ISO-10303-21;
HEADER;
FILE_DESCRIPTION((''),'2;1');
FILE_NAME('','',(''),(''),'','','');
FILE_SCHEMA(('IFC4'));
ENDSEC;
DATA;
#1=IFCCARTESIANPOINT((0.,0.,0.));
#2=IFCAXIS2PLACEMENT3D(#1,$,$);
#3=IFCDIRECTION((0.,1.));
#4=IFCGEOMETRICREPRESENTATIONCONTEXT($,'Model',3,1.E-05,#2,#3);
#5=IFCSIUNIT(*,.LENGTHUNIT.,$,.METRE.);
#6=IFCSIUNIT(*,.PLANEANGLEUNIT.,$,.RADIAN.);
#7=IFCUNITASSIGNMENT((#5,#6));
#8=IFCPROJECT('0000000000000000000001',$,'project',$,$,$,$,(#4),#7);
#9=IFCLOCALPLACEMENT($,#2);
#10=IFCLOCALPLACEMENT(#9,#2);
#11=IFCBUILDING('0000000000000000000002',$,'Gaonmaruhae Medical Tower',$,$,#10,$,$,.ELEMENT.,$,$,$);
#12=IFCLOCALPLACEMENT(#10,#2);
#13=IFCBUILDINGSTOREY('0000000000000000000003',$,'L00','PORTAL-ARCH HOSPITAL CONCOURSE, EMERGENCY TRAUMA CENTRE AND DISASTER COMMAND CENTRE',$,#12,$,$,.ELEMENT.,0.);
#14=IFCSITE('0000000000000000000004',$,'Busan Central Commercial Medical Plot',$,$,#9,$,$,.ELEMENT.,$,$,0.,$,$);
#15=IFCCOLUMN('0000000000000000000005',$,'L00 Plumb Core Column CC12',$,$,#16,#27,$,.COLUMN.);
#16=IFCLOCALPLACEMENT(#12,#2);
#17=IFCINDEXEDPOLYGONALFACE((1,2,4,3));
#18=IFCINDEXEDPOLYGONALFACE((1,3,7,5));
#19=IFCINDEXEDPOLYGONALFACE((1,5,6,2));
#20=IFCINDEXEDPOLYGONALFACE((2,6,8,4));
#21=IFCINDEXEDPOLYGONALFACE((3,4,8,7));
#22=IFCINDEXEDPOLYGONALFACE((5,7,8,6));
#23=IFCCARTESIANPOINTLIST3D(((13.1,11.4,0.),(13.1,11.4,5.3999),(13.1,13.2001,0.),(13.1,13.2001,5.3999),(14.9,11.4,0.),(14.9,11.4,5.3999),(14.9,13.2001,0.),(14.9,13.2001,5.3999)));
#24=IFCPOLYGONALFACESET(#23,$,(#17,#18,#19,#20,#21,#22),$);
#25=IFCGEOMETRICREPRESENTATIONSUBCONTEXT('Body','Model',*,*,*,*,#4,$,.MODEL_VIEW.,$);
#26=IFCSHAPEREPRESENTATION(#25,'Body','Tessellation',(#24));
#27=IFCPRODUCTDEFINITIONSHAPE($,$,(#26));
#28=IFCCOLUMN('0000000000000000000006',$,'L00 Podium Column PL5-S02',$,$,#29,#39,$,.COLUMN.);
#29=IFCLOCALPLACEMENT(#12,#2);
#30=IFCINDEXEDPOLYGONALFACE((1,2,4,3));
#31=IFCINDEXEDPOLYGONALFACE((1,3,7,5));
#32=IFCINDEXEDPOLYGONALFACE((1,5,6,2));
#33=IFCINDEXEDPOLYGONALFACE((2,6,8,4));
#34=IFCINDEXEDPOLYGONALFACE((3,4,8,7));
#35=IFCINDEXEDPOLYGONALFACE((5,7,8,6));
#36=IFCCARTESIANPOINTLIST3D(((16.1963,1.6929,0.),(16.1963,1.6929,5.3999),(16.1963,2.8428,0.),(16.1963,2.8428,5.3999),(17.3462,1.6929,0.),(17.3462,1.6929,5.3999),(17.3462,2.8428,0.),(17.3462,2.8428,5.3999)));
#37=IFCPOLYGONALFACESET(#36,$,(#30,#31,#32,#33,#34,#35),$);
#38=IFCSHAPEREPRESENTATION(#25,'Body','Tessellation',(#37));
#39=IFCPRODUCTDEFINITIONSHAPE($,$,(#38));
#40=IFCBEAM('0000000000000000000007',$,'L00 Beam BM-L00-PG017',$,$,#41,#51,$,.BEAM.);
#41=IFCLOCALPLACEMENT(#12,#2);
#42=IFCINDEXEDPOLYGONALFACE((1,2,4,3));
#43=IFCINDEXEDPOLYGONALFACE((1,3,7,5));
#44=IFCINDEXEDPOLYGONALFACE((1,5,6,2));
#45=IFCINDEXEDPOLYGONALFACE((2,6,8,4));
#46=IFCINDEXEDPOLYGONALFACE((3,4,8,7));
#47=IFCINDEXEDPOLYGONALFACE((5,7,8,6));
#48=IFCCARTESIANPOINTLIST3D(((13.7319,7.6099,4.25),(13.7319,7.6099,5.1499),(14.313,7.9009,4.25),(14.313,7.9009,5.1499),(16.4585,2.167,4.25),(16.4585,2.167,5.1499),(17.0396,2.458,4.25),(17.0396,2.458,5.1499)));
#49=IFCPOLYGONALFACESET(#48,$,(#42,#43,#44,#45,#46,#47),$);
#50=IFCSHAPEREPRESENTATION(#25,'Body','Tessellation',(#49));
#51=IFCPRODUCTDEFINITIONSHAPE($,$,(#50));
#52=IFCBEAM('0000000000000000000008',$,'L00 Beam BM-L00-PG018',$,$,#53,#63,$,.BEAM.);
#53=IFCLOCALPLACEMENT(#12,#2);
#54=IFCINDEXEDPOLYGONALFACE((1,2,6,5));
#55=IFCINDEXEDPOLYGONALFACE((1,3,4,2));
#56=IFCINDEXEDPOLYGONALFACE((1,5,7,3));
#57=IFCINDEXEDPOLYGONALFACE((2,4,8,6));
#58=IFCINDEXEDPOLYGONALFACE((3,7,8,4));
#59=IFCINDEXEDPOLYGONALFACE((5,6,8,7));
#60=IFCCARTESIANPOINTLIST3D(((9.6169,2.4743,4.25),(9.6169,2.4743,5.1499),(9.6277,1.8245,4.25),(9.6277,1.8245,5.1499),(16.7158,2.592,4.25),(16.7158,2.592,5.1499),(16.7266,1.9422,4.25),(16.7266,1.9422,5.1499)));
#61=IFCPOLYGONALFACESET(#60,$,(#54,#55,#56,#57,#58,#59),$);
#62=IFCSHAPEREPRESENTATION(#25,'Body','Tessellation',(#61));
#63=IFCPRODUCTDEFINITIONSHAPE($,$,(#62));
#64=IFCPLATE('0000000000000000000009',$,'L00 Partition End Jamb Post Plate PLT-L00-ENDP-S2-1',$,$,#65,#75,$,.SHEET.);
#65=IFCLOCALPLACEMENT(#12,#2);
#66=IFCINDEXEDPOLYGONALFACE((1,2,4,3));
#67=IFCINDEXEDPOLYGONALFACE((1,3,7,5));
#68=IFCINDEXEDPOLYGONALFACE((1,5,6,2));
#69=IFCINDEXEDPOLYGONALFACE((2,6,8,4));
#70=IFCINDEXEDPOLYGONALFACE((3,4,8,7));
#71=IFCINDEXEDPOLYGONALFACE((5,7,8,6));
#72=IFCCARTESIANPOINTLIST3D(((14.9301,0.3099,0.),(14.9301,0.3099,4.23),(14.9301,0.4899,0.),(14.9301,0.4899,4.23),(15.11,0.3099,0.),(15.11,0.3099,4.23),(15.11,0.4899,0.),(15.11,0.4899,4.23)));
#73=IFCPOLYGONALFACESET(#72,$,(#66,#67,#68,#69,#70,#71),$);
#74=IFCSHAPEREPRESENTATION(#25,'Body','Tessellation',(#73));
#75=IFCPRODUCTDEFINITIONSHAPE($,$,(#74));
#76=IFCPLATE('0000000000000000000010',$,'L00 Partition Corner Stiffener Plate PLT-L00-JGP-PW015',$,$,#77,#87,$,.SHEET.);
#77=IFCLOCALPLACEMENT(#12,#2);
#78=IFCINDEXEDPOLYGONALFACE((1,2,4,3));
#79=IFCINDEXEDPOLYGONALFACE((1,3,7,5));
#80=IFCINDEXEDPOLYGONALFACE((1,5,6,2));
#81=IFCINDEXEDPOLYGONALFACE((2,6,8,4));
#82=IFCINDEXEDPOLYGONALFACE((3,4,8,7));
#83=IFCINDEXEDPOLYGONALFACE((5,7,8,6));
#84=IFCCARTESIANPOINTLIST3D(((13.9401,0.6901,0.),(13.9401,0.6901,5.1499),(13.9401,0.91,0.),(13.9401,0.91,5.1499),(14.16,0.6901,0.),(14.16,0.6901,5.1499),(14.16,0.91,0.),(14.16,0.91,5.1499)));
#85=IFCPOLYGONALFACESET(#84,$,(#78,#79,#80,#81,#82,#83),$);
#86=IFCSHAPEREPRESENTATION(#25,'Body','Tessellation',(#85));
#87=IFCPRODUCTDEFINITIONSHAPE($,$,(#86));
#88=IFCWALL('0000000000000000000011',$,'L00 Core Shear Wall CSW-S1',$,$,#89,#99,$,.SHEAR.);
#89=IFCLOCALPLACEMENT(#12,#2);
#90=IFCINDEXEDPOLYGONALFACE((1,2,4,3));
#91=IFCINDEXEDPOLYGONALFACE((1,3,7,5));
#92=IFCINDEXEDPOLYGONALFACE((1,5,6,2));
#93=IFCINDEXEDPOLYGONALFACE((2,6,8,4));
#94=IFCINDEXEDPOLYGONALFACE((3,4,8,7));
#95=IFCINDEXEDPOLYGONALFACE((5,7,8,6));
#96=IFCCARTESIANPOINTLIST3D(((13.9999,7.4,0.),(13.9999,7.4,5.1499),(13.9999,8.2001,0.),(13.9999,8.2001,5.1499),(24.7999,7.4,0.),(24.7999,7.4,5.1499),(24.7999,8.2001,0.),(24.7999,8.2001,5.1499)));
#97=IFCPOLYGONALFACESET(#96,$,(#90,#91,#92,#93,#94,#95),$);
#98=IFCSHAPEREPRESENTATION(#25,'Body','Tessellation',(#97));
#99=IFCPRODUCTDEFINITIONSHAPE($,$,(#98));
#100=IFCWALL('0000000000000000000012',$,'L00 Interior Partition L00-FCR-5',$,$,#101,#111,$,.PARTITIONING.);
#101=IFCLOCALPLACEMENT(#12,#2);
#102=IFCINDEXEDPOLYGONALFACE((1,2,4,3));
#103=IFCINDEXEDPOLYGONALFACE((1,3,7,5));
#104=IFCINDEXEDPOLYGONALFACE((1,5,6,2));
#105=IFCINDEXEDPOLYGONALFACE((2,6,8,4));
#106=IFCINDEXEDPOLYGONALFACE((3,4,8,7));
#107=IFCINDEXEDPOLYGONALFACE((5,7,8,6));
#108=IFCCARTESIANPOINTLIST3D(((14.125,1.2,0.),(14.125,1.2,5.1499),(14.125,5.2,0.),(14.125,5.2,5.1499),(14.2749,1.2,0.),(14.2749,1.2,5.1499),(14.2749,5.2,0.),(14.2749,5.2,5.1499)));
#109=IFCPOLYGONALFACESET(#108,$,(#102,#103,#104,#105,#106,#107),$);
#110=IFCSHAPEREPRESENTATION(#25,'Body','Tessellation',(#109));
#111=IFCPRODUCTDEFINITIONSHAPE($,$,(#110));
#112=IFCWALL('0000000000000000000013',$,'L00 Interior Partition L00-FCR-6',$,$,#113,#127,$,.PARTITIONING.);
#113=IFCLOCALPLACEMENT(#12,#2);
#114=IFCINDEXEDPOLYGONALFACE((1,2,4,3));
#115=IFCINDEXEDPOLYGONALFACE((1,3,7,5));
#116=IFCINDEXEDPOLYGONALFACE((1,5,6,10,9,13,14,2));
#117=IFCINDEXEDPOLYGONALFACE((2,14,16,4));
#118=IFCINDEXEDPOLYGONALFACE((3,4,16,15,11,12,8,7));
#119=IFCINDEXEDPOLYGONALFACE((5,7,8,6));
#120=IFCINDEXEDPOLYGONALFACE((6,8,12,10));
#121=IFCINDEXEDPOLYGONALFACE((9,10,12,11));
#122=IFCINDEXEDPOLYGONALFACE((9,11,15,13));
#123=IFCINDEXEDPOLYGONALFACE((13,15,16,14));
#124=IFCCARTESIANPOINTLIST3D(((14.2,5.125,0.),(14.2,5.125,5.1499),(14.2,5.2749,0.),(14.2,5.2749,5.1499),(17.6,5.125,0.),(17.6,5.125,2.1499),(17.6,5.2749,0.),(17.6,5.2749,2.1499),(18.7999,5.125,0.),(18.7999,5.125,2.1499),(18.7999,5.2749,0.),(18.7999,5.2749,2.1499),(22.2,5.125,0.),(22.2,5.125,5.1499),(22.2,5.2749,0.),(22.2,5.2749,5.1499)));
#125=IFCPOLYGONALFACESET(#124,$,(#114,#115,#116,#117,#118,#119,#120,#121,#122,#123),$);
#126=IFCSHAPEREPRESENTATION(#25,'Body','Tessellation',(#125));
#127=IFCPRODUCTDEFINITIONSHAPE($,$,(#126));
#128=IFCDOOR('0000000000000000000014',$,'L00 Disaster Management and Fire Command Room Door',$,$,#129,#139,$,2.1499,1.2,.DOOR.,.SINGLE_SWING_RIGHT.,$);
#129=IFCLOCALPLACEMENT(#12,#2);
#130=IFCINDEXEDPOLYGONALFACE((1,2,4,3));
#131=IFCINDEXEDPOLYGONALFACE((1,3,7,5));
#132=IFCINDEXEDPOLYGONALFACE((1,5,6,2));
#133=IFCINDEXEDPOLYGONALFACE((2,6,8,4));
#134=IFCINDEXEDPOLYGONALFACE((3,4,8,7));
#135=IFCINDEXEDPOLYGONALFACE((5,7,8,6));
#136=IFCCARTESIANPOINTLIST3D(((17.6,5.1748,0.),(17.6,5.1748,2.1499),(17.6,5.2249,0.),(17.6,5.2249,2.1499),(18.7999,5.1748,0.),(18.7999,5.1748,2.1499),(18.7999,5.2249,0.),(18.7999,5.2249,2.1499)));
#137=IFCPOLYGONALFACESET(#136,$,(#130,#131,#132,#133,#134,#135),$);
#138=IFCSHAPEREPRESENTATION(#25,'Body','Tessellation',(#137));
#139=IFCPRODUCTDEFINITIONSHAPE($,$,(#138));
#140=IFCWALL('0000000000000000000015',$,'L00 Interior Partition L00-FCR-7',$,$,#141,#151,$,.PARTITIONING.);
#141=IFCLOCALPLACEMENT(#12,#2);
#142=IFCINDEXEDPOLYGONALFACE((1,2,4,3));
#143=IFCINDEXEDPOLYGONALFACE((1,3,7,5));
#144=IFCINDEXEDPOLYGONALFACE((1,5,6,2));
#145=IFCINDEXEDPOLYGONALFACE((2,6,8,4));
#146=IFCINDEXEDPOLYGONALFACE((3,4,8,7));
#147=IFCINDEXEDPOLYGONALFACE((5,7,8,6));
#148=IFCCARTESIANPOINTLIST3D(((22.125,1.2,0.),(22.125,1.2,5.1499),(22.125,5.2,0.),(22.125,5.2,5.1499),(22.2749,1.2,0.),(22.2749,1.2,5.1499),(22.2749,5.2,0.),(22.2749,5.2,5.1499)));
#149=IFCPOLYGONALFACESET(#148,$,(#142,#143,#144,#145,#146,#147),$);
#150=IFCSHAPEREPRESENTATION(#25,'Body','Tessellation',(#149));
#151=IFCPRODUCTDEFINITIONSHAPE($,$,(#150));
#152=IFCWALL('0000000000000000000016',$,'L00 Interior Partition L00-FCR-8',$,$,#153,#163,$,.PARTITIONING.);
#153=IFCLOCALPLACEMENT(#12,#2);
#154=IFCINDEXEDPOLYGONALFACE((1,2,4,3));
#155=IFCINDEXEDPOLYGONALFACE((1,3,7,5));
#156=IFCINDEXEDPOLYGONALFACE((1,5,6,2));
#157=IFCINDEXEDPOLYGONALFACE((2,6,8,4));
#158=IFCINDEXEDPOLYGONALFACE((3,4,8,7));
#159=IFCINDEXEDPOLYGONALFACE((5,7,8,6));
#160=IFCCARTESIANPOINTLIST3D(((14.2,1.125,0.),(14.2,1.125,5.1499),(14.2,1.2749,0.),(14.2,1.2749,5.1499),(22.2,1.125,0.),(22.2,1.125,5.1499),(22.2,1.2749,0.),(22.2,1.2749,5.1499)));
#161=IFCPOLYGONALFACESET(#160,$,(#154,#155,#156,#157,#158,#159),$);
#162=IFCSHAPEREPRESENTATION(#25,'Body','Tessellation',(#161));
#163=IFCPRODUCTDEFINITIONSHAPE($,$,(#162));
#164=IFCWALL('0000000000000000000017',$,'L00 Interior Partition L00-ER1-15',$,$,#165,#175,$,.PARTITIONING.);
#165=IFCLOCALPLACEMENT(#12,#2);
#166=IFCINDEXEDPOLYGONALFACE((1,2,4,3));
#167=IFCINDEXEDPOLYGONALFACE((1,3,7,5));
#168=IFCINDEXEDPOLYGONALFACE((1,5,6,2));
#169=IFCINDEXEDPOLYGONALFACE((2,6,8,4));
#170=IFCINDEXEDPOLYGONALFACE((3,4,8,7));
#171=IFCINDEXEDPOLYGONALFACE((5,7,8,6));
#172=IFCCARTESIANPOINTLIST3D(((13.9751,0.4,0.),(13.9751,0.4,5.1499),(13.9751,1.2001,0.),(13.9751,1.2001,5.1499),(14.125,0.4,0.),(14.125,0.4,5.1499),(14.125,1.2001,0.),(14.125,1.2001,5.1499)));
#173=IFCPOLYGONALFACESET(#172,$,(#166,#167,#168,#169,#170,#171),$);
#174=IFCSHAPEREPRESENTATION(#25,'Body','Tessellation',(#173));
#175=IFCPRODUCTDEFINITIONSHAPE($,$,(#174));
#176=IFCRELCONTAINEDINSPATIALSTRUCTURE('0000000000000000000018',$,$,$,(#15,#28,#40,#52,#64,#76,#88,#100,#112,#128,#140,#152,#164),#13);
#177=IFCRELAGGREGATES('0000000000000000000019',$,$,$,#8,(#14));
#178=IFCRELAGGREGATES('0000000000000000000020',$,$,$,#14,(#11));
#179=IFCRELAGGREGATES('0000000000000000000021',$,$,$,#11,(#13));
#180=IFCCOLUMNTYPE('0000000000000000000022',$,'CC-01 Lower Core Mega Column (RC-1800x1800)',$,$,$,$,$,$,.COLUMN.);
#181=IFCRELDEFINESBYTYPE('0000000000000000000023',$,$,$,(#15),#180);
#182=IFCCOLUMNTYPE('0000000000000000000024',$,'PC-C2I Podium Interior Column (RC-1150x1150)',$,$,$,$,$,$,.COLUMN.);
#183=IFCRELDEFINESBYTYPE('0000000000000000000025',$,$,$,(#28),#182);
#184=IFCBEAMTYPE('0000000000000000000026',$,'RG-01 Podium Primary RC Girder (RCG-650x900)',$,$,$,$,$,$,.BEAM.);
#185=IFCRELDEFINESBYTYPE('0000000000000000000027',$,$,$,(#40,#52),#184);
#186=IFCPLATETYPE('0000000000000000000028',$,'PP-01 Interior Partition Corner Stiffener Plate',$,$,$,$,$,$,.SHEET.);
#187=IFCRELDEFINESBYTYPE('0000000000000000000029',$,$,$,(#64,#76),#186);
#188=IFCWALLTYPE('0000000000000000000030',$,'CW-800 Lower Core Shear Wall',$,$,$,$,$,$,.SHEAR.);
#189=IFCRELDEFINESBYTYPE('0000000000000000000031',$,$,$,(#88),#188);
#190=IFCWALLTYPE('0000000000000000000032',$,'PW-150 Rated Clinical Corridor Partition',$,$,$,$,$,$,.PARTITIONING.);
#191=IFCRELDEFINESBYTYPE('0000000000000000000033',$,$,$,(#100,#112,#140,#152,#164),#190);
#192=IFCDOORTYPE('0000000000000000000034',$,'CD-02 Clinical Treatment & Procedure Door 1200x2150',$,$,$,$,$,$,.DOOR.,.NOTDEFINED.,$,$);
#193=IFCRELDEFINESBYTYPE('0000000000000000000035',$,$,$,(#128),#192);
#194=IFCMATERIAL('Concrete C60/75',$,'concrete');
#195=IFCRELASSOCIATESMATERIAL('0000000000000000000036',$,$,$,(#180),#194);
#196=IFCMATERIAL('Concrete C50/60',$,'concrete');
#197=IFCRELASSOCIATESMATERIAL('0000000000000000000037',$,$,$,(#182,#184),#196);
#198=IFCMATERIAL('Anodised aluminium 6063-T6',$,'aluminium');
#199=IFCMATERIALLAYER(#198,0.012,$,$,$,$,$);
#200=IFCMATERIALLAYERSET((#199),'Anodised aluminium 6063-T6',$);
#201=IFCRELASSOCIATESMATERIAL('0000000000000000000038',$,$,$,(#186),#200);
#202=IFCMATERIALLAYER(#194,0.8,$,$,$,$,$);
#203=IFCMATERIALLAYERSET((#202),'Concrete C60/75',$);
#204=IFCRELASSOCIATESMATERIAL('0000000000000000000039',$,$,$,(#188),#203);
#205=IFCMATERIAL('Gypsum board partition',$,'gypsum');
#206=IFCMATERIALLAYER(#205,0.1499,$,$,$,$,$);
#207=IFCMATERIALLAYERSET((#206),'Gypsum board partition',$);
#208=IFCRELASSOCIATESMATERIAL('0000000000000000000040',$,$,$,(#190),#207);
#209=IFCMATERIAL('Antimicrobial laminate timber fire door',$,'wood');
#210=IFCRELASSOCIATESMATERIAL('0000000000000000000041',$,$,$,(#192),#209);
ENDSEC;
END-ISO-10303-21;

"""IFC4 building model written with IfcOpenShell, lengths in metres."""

from ifc_helpers import new_model, si_unit, direction, frame, frame_2d, origin, origin_2d, place, context, subcontext, project, spatial, rectangle, extrude, material, layer, layer_set, material_profile, profile_set, type_object, element, fill, save


model = new_model("IFC4")

# Units and contexts
model_context = context("Model", 3, precision=1e-05, world=origin(), true_north=direction((0.0, 1.0)))
body_context = subcontext(model_context, "Body", "Model", "MODEL_VIEW")
ifc_project = project(units=[si_unit("LENGTHUNIT", "METRE"), si_unit("PLANEANGLEUNIT", "RADIAN")], contexts=[model_context])

# Site, building, storey
site_placement = place(None, origin())
site = spatial("IfcSite", under=ifc_project, at=site_placement, Name="Busan Central Commercial Medical Plot", CompositionType="ELEMENT", RefElevation=0.0)
building_placement = place(site_placement, origin())
building = spatial("IfcBuilding", under=site, at=building_placement, Name="Gaonmaruhae Medical Tower", CompositionType="ELEMENT")
storey_placement = place(building_placement, origin())
storey = spatial("IfcBuildingStorey", under=building, at=storey_placement, Name="L00", Description="PORTAL-ARCH HOSPITAL CONCOURSE, EMERGENCY TRAUMA CENTRE AND DISASTER COMMAND CENTRE", CompositionType="ELEMENT", Elevation=0.0)

# Columns
ifc_material_1 = material(Name="Concrete C60/75", Category="concrete")
ifc_material_profile_1 = material_profile(ifc_material_1, rectangle(XDim=1.8, YDim=1.8, at=origin_2d()), Name="RC-1800x1800")
ifc_profile_set_1 = profile_set([ifc_material_profile_1], Name="Concrete C60/75")
column_type_1 = type_object("IfcColumnType", Name="CC-01 Lower Core Mega Column (RC-1800x1800)", PredefinedType="COLUMN", material=ifc_profile_set_1)
column_1_placement = place(storey_placement, frame((14.0, 12.3, 0.0), z_axis=(0.0, 0.0, 1.0), x_axis=(1.0, 0.0, 0.0)))
element("IfcColumn", 1, at=column_1_placement, inside=storey, type_object=column_type_1, Name="L00 Plumb Core Column CC12", PredefinedType="COLUMN", context=body_context, shape_type="SweptSolid", body=[
    extrude(rectangle(XDim=1.8, YDim=1.8, at=origin_2d()), origin(), (0.0, 0.0, 1.0), 5.3999),
])
ifc_material_2 = material(Name="Concrete C50/60", Category="concrete")
ifc_material_profile_2 = material_profile(ifc_material_2, rectangle(XDim=1.1499, YDim=1.1499, at=origin_2d()), Name="RC-1150x1150")
ifc_profile_set_2 = profile_set([ifc_material_profile_2], Name="Concrete C50/60")
column_type_2 = type_object("IfcColumnType", Name="PC-C2I Podium Interior Column (RC-1150x1150)", PredefinedType="COLUMN", material=ifc_profile_set_2)
column_2_placement = place(storey_placement, frame((16.7712, 2.2678, 0.0), z_axis=(0.0, 0.0, 1.0), x_axis=(1.0, 0.0, 0.0)))
element("IfcColumn", 2, at=column_2_placement, inside=storey, type_object=column_type_2, Name="L00 Podium Column PL5-S02", PredefinedType="COLUMN", context=body_context, shape_type="SweptSolid", body=[
    extrude(rectangle(XDim=1.1499, YDim=1.1499, at=origin_2d()), origin(), (0.0, 0.0, 1.0), 5.3999),
])

# Beams
ifc_material_profile_3 = material_profile(ifc_material_2, rectangle(XDim=0.6499, YDim=0.8999, at=origin_2d()), Name="RCG-650x900")
ifc_profile_set_3 = profile_set([ifc_material_profile_3], Name="Concrete C50/60")
beam_type = type_object("IfcBeamType", Name="RG-01 Podium Primary RC Girder (RCG-650x900)", PredefinedType="BEAM", material=ifc_profile_set_3)
beam_1_placement = place(storey_placement, frame((16.749, 2.3125, 4.7), z_axis=(-0.447887, 0.89409, 0.0), x_axis=(-0.89409, -0.447887, 0.0)))
element("IfcBeam", 3, at=beam_1_placement, inside=storey, type_object=beam_type, Name="L00 Beam BM-L00-PG017", PredefinedType="BEAM", context=body_context, shape_type="SweptSolid", body=[
    extrude(rectangle(XDim=0.6499, YDim=0.8999, at=origin_2d()), origin(), (0.0, 0.0, 1.0), 6.0876),
])
beam_2_placement = place(storey_placement, frame((16.7212, 2.2671, 4.7), z_axis=(-0.999863, -0.016574, 0.0), x_axis=(0.016574, -0.999863, 0.0)))
element("IfcBeam", 4, at=beam_2_placement, inside=storey, type_object=beam_type, Name="L00 Beam BM-L00-PG018", PredefinedType="BEAM", context=body_context, shape_type="SweptSolid", body=[
    extrude(rectangle(XDim=0.6499, YDim=0.8999, at=origin_2d()), origin(), (0.0, 0.0, 1.0), 7.0999),
])

# Plates
ifc_material_3 = material(Name="Anodised aluminium 6063-T6", Category="aluminium")
ifc_layer_1 = layer(ifc_material_3, 0.012)
ifc_layer_set_1 = layer_set([ifc_layer_1], Name="Anodised aluminium 6063-T6")
plate_type = type_object("IfcPlateType", Name="PP-01 Interior Partition Corner Stiffener Plate", PredefinedType="SHEET", material=ifc_layer_set_1)
plate_1_placement = place(storey_placement, frame((15.02, 0.3999, 0.0), z_axis=(0.0, 0.0, 1.0), x_axis=(-1.0, 0.0, 0.0)))
element("IfcPlate", 5, at=plate_1_placement, inside=storey, type_object=plate_type, Name="L00 Partition End Jamb Post Plate PLT-L00-ENDP-S2-1", PredefinedType="SHEET", context=body_context, shape_type="SweptSolid", body=[
    extrude(rectangle(XDim=0.1799, YDim=0.1799, at=origin_2d()), origin(), (0.0, 0.0, 1.0), 4.23),
])
plate_2_placement = place(storey_placement, frame((14.05, 0.8, 0.0), z_axis=(0.0, 0.0, 1.0), x_axis=(0.0, -1.0, 0.0)))
element("IfcPlate", 6, at=plate_2_placement, inside=storey, type_object=plate_type, Name="L00 Partition Corner Stiffener Plate PLT-L00-JGP-PW015", PredefinedType="SHEET", context=body_context, shape_type="SweptSolid", body=[
    extrude(rectangle(XDim=0.22, YDim=0.22, at=origin_2d()), origin(), (0.0, 0.0, 1.0), 5.1499),
])

# Walls
ifc_layer_2 = layer(ifc_material_1, 0.8)
ifc_layer_set_2 = layer_set([ifc_layer_2], Name="Concrete C60/75")
wall_type_1 = type_object("IfcWallType", Name="CW-800 Lower Core Shear Wall", PredefinedType="SHEAR", material=ifc_layer_set_2)
wall_1_placement = place(storey_placement, frame((14.0, 7.8, 0.0), z_axis=(0.0, 0.0, 1.0), x_axis=(1.0, 0.0, 0.0)))
element("IfcWall", 7, at=wall_1_placement, inside=storey, type_object=wall_type_1, Name="L00 Core Shear Wall CSW-S1", PredefinedType="SHEAR", context=body_context, shape_type="SweptSolid", body=[
    extrude(rectangle(XDim=10.8, YDim=0.8, at=frame_2d((5.3999, 0.0))), origin(), (0.0, 0.0, 1.0), 5.1499),
])
ifc_material_4 = material(Name="Gypsum board partition", Category="gypsum")
ifc_layer_3 = layer(ifc_material_4, 0.1499)
ifc_layer_set_3 = layer_set([ifc_layer_3], Name="Gypsum board partition")
wall_type_2 = type_object("IfcWallType", Name="PW-150 Rated Clinical Corridor Partition", PredefinedType="PARTITIONING", material=ifc_layer_set_3)
wall_2_placement = place(storey_placement, frame((14.2, 1.2, 0.0), z_axis=(0.0, 0.0, 1.0), x_axis=(0.0, 1.0, 0.0)))
element("IfcWall", 8, at=wall_2_placement, inside=storey, type_object=wall_type_2, Name="L00 Interior Partition L00-FCR-5", PredefinedType="PARTITIONING", context=body_context, shape_type="SweptSolid", body=[
    extrude(rectangle(XDim=4.0, YDim=0.1499, at=frame_2d((2.0, 0.0))), origin(), (0.0, 0.0, 1.0), 5.1499),
])

# Wall, opening, door
wall_3_placement = place(storey_placement, frame((14.2, 5.2, 0.0), z_axis=(0.0, 0.0, 1.0), x_axis=(1.0, 0.0, 0.0)))
wall_3 = element("IfcWall", 9, at=wall_3_placement, inside=storey, type_object=wall_type_2, Name="L00 Interior Partition L00-FCR-6", PredefinedType="PARTITIONING", context=body_context, shape_type="SweptSolid", body=[
    extrude(rectangle(XDim=8.0, YDim=0.1499, at=frame_2d((4.0, 0.0))), origin(), (0.0, 0.0, 1.0), 5.1499),
])
opening_1_placement = place(wall_3_placement, frame((3.3999, 0.0, 0.0)))
opening_1 = element("IfcOpeningElement", 10, at=opening_1_placement, cuts=wall_3, PredefinedType="OPENING", context=body_context, shape_type="SweptSolid", body=[
    extrude(rectangle(XDim=1.2, YDim=2.1499, at=frame_2d((0.6001, 1.075))), frame((0.0, 0.085, 0.0), z_axis=(0.0, -1.0, 0.0), x_axis=(1.0, 0.0, 0.0)), (0.0, 0.0, 1.0), 0.1699),
])
ifc_material_5 = material(Name="Antimicrobial laminate timber fire door", Category="wood")
door_type_1 = type_object("IfcDoorType", Name="CD-02 Clinical Treatment & Procedure Door 1200x2150", OperationType="NOTDEFINED", PredefinedType="DOOR", material=ifc_material_5)
door_1_placement = place(opening_1_placement, origin())
door_1 = element("IfcDoor", 11, at=door_1_placement, inside=storey, type_object=door_type_1, Name="L00 Disaster Management and Fire Command Room Door", OperationType="SINGLE_SWING_RIGHT", OverallHeight=2.1499, OverallWidth=1.2, PredefinedType="DOOR", context=body_context, shape_type="SweptSolid", body=[
    extrude(rectangle(XDim=1.2, YDim=2.1499, at=frame_2d((0.6001, 1.075))), frame((0.0, 0.0249, 0.0), z_axis=(0.0, -1.0, 0.0), x_axis=(1.0, 0.0, 0.0)), (0.0, 0.0, 1.0), 0.05),
])
fill(opening_1, door_1)

# Walls
wall_4_placement = place(storey_placement, frame((22.2, 5.2, 0.0), z_axis=(0.0, 0.0, 1.0), x_axis=(0.0, -1.0, 0.0)))
element("IfcWall", 12, at=wall_4_placement, inside=storey, type_object=wall_type_2, Name="L00 Interior Partition L00-FCR-7", PredefinedType="PARTITIONING", context=body_context, shape_type="SweptSolid", body=[
    extrude(rectangle(XDim=4.0, YDim=0.1499, at=frame_2d((2.0, 0.0))), origin(), (0.0, 0.0, 1.0), 5.1499),
])
wall_5_placement = place(storey_placement, frame((22.2, 1.2, 0.0), z_axis=(0.0, 0.0, 1.0), x_axis=(-1.0, 0.0, 0.0)))
element("IfcWall", 13, at=wall_5_placement, inside=storey, type_object=wall_type_2, Name="L00 Interior Partition L00-FCR-8", PredefinedType="PARTITIONING", context=body_context, shape_type="SweptSolid", body=[
    extrude(rectangle(XDim=8.0, YDim=0.1499, at=frame_2d((4.0, 0.0))), origin(), (0.0, 0.0, 1.0), 5.1499),
])
wall_6_placement = place(storey_placement, frame((14.05, 1.2, 0.0), z_axis=(0.0, 0.0, 1.0), x_axis=(0.0, -1.0, 0.0)))
element("IfcWall", 14, at=wall_6_placement, inside=storey, type_object=wall_type_2, Name="L00 Interior Partition L00-ER1-15", PredefinedType="PARTITIONING", context=body_context, shape_type="SweptSolid", body=[
    extrude(rectangle(XDim=0.8, YDim=0.1499, at=frame_2d((0.3999, 0.0))), origin(), (0.0, 0.0, 1.0), 5.1499),
])

save(model, "model.ifc")
